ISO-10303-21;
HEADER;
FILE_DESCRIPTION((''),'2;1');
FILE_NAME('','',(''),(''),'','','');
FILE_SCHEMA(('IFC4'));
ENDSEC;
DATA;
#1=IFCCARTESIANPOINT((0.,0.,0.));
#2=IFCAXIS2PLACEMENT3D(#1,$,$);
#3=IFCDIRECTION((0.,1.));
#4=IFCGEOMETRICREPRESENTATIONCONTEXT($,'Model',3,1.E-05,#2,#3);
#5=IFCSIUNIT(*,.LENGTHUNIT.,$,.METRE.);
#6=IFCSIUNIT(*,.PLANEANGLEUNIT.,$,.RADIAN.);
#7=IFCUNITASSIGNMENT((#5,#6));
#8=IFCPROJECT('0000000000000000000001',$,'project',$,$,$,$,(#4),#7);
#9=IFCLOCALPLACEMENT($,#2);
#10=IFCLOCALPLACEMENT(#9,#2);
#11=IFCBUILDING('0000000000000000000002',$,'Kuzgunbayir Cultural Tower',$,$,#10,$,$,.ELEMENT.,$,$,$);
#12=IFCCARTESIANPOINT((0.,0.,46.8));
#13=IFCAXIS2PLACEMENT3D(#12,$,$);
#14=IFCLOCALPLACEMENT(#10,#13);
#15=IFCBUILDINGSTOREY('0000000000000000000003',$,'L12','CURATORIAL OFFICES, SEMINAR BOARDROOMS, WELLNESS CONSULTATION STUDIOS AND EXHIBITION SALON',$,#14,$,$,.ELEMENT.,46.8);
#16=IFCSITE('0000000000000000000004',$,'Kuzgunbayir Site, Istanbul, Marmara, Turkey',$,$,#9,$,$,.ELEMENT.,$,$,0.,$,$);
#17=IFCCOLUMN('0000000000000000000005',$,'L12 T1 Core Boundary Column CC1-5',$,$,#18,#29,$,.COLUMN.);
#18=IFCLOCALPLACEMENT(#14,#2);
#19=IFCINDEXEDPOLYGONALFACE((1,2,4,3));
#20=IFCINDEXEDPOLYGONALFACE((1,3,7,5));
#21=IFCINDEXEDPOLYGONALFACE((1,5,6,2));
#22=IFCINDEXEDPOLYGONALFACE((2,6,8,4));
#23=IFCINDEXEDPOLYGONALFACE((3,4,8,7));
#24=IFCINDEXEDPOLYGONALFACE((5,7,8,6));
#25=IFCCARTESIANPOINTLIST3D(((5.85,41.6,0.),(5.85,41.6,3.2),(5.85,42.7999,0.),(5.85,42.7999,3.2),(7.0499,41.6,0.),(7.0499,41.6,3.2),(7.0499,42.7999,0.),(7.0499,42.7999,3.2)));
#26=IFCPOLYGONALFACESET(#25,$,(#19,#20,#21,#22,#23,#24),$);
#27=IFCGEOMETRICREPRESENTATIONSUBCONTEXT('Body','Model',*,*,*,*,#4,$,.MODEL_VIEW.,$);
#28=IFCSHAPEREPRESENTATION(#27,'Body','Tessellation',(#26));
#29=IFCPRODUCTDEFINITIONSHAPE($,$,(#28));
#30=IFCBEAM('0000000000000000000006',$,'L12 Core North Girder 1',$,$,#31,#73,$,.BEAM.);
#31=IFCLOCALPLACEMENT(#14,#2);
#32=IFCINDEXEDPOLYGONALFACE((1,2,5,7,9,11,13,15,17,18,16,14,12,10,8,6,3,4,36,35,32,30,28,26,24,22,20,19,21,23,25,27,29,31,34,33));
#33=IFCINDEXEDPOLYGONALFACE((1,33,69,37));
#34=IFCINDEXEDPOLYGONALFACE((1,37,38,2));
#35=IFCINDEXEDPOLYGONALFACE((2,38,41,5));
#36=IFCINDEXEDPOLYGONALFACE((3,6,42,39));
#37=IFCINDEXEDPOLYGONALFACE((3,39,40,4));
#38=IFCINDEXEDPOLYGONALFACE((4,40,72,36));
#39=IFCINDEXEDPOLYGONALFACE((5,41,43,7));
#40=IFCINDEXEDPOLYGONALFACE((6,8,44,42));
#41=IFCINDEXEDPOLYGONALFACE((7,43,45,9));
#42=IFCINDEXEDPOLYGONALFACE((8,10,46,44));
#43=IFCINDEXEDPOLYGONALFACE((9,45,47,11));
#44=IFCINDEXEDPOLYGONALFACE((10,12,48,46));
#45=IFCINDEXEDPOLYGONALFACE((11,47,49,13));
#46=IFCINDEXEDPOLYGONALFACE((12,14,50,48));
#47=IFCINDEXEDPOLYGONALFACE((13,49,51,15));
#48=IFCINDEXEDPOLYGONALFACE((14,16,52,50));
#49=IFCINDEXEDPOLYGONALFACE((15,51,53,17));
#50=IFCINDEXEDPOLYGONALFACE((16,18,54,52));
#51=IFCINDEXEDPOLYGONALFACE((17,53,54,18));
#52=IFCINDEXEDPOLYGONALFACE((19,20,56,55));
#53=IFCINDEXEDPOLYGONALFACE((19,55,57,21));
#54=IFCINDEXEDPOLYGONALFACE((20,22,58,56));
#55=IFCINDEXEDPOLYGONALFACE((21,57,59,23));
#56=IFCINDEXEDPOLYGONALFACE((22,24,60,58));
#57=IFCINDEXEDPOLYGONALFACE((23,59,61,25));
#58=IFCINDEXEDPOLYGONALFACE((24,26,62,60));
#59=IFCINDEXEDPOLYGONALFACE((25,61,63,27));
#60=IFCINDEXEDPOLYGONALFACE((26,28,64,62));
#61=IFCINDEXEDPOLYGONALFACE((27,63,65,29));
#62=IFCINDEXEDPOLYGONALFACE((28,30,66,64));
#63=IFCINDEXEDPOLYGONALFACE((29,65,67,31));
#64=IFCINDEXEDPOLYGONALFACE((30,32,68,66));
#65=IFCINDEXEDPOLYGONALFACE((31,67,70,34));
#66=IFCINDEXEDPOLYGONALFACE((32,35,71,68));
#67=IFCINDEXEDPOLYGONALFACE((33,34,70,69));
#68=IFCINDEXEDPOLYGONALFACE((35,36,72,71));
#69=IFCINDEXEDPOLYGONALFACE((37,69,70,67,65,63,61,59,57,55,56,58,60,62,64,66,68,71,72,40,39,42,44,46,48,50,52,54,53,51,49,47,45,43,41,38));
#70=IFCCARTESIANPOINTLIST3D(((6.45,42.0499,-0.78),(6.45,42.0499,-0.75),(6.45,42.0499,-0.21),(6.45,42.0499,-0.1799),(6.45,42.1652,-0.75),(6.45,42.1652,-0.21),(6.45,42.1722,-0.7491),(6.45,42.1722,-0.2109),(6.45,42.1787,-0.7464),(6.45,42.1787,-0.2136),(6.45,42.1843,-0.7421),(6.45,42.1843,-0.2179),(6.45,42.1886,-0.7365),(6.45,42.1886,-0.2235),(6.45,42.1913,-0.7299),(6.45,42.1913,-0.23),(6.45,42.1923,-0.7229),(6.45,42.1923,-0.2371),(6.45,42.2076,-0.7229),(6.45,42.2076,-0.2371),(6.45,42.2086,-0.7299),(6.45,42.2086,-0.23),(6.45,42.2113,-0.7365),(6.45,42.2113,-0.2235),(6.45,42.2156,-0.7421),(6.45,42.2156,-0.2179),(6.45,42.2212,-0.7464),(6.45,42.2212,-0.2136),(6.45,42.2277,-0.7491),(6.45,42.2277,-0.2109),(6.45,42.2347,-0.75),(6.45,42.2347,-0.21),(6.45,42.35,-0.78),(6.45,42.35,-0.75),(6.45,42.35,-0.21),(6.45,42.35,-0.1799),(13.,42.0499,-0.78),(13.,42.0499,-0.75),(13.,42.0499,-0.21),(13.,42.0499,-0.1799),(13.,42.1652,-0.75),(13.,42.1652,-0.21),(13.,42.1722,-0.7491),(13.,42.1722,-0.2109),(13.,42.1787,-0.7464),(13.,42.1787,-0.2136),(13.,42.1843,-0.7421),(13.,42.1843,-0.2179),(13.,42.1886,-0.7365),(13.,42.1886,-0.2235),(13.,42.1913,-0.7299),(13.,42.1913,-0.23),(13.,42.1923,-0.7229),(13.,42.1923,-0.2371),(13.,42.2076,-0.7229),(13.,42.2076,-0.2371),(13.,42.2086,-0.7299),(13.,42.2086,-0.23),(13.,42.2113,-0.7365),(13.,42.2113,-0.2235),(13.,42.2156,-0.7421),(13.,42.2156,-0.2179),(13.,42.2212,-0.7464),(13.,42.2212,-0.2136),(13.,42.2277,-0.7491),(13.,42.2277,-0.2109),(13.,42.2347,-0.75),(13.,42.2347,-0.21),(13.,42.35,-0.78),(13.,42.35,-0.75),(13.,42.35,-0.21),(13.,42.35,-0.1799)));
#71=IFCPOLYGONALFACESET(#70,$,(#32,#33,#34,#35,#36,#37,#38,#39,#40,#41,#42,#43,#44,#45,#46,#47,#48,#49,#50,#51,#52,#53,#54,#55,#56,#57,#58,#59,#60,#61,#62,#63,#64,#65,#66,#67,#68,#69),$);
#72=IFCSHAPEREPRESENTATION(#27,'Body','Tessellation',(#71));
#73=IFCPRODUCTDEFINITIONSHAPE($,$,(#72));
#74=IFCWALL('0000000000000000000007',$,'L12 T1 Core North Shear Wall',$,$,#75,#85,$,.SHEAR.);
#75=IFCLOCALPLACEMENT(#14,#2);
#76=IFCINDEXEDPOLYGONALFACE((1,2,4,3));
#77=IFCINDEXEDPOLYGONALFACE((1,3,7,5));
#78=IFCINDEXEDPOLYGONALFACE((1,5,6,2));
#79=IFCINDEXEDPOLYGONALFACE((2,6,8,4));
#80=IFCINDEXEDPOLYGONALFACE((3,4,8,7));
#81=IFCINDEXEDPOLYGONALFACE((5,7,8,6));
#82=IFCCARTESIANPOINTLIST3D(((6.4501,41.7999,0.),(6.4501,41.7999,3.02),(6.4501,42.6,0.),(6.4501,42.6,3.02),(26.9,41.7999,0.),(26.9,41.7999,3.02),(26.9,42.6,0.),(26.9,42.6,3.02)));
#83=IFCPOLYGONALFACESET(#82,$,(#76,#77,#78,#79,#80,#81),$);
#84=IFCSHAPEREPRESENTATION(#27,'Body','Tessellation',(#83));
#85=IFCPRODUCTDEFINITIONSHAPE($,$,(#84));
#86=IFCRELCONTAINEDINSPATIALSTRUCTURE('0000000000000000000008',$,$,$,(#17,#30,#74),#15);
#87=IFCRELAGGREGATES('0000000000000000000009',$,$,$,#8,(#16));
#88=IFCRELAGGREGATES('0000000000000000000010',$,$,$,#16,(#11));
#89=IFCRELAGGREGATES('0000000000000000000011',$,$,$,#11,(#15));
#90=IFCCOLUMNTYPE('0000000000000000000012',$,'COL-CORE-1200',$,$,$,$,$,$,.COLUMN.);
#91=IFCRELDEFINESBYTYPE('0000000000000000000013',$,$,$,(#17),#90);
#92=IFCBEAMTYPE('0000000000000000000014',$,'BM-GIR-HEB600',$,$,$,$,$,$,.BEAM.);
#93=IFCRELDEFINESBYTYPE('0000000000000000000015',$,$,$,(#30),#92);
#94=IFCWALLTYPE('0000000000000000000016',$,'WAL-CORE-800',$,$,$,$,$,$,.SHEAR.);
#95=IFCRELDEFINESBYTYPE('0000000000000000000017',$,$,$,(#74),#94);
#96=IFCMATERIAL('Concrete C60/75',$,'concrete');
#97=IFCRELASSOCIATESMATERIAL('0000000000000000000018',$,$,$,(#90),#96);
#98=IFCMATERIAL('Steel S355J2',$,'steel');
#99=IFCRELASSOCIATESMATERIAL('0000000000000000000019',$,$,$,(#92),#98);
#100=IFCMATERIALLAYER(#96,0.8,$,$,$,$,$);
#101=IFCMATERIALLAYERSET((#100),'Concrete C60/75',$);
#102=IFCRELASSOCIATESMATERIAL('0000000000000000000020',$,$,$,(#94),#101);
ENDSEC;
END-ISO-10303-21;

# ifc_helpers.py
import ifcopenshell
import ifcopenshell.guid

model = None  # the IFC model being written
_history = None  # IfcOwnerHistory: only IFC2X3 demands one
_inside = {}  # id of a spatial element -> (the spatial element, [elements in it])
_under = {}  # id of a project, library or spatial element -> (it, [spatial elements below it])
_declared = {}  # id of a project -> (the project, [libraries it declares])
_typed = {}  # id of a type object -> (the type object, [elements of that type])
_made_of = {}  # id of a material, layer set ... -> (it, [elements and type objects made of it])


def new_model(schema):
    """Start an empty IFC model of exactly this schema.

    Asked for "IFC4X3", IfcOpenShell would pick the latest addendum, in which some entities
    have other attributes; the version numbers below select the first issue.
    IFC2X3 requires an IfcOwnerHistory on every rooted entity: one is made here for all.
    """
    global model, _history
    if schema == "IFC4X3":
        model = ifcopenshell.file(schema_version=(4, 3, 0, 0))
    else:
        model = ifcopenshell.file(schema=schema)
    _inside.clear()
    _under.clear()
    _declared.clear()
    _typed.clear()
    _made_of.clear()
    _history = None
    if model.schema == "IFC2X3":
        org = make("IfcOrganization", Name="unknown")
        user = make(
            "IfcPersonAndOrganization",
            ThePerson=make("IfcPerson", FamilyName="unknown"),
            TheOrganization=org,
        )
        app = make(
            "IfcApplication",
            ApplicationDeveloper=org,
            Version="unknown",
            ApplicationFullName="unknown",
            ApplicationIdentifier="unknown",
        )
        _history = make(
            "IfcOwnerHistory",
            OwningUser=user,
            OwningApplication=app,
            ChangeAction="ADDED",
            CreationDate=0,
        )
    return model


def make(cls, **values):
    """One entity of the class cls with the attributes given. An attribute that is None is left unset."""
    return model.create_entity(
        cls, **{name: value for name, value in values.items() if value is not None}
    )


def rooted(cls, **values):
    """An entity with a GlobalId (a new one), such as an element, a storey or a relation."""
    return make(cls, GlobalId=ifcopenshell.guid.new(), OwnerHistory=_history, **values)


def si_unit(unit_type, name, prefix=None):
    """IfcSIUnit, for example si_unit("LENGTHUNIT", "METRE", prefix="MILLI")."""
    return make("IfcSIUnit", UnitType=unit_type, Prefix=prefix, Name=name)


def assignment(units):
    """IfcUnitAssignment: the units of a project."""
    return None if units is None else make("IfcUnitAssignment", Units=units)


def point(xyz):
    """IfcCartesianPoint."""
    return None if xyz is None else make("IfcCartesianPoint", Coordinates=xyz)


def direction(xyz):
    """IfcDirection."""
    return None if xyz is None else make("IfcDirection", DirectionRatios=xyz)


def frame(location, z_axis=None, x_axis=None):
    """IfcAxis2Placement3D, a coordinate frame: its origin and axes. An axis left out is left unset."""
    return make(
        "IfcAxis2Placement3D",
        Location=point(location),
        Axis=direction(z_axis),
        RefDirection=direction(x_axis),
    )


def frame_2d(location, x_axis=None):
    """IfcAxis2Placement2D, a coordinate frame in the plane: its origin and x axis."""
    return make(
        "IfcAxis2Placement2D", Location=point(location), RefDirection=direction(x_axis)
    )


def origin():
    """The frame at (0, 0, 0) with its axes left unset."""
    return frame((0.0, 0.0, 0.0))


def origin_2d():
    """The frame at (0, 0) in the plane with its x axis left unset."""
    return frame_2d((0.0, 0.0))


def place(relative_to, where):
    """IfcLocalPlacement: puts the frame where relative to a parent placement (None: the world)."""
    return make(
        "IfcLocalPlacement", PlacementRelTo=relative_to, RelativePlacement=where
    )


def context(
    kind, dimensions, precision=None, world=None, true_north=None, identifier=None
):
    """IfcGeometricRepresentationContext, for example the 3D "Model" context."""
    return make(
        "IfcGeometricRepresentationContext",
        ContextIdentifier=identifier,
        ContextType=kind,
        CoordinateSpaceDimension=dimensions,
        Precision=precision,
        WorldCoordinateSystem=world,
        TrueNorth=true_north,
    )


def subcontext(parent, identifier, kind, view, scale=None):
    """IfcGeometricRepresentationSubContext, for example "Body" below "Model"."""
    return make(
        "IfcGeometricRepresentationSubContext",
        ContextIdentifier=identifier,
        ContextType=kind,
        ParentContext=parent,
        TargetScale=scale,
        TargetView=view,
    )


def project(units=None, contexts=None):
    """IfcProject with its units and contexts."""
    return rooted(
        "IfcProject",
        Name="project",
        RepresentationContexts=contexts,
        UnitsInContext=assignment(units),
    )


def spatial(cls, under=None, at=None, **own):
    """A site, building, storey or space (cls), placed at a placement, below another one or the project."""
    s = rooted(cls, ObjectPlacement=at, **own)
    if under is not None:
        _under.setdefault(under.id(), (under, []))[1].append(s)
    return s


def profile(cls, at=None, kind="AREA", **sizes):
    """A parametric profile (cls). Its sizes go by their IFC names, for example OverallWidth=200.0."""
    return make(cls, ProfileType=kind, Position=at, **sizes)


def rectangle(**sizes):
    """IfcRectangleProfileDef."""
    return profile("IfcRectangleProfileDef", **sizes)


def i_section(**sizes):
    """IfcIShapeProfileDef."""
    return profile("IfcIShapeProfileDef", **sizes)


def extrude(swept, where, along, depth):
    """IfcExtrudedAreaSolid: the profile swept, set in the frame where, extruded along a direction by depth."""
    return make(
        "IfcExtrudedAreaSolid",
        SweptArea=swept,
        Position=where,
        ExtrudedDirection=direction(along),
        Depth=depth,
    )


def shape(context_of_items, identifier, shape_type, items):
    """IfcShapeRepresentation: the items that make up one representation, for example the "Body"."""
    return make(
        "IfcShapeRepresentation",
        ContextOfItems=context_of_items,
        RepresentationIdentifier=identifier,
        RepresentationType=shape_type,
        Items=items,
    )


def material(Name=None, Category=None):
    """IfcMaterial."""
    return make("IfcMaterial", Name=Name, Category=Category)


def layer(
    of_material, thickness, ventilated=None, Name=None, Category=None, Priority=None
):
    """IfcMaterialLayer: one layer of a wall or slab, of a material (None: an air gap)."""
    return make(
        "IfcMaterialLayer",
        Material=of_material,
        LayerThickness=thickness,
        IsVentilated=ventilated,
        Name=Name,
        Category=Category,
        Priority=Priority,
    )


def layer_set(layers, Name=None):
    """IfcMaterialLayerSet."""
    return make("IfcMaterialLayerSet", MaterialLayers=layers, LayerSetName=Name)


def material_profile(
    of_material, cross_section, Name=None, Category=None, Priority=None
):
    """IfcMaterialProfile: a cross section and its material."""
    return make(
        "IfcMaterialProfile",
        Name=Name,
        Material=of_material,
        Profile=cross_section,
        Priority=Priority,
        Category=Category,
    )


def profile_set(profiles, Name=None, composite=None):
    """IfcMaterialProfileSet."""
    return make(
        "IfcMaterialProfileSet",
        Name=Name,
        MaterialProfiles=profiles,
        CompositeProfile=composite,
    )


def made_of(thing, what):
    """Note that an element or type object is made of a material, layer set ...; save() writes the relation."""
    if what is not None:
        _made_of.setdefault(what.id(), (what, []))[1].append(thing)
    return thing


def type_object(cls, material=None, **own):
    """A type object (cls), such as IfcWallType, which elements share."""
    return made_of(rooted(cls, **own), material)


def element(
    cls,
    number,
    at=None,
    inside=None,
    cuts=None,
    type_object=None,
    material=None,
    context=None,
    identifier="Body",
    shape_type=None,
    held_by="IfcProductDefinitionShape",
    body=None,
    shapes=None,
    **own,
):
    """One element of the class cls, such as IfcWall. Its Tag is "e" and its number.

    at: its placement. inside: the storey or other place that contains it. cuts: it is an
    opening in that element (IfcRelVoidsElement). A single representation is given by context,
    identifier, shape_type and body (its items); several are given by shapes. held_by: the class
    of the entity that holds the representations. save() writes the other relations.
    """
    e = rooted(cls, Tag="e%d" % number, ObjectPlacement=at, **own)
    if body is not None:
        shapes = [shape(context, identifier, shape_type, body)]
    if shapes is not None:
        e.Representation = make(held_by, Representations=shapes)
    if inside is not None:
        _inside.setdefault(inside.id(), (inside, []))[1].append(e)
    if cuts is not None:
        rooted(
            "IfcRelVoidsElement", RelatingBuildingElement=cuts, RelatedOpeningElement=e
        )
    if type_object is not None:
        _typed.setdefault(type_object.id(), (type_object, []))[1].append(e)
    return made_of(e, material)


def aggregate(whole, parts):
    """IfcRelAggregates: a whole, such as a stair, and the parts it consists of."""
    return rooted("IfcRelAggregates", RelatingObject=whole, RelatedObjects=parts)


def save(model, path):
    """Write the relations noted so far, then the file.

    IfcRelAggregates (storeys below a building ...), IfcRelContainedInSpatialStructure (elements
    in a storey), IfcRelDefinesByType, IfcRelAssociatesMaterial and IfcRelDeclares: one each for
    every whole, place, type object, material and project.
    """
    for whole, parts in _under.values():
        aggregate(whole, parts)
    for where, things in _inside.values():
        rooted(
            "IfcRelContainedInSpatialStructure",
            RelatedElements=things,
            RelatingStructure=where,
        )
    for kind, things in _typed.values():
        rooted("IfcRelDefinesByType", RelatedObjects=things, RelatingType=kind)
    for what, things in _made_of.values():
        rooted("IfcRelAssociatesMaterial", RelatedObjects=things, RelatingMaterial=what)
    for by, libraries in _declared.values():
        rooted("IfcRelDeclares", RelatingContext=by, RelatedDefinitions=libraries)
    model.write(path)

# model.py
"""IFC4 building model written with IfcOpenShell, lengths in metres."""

from ifc_helpers import new_model, si_unit, direction, frame, frame_2d, origin, origin_2d, place, context, subcontext, project, spatial, rectangle, i_section, extrude, material, layer, layer_set, material_profile, profile_set, type_object, element, save


model = new_model("IFC4")

# Units and contexts
model_context = context("Model", 3, precision=1e-05, world=origin(), true_north=direction((0.0, 1.0)))
body_context = subcontext(model_context, "Body", "Model", "MODEL_VIEW")
ifc_project = project(units=[si_unit("LENGTHUNIT", "METRE"), si_unit("PLANEANGLEUNIT", "RADIAN")], contexts=[model_context])

# Site, building, storey
site_placement = place(None, origin())
site = spatial("IfcSite", under=ifc_project, at=site_placement, Name="Kuzgunbayir Site, Istanbul, Marmara, Turkey", CompositionType="ELEMENT", RefElevation=0.0)
building_placement = place(site_placement, origin())
building = spatial("IfcBuilding", under=site, at=building_placement, Name="Kuzgunbayir Cultural Tower", CompositionType="ELEMENT")
storey_placement = place(building_placement, frame((0.0, 0.0, 46.8)))
storey = spatial("IfcBuildingStorey", under=building, at=storey_placement, Name="L12", Description="CURATORIAL OFFICES, SEMINAR BOARDROOMS, WELLNESS CONSULTATION STUDIOS AND EXHIBITION SALON", CompositionType="ELEMENT", Elevation=46.8)

# Column
ifc_material_1 = material(Name="Concrete C60/75", Category="concrete")
ifc_material_profile_1 = material_profile(ifc_material_1, rectangle(XDim=1.2, YDim=1.2, at=origin_2d()), Name="RC 1200x1200")
ifc_profile_set_1 = profile_set([ifc_material_profile_1], Name="Concrete C60/75")
column_type = type_object("IfcColumnType", Name="COL-CORE-1200", PredefinedType="COLUMN", material=ifc_profile_set_1)
column_placement = place(storey_placement, frame((6.45, 42.2, 0.0), z_axis=(0.0, 0.0, 1.0), x_axis=(1.0, 0.0, 0.0)))
element("IfcColumn", 1, at=column_placement, inside=storey, type_object=column_type, Name="L12 T1 Core Boundary Column CC1-5", PredefinedType="COLUMN", context=body_context, shape_type="SweptSolid", body=[
    extrude(rectangle(XDim=1.2, YDim=1.2, at=origin_2d()), origin(), (0.0, 0.0, 1.0), 3.2),
])

# Beam
ifc_material_2 = material(Name="Steel S355J2", Category="steel")
ifc_material_profile_2 = material_profile(ifc_material_2, i_section(OverallWidth=0.3, OverallDepth=0.6001, WebThickness=0.0154, FlangeThickness=0.03, FilletRadius=0.0271, at=origin_2d()), Name="HEB 600")
ifc_profile_set_2 = profile_set([ifc_material_profile_2], Name="Steel S355J2")
beam_type = type_object("IfcBeamType", Name="BM-GIR-HEB600", PredefinedType="BEAM", material=ifc_profile_set_2)
beam_placement = place(storey_placement, frame((6.45, 42.2, -0.48), z_axis=(1.0, 0.0, 0.0), x_axis=(0.0, 1.0, 0.0)))
element("IfcBeam", 2, at=beam_placement, inside=storey, type_object=beam_type, Name="L12 Core North Girder 1", PredefinedType="BEAM", context=body_context, shape_type="SweptSolid", body=[
    extrude(i_section(OverallWidth=0.3, OverallDepth=0.6001, WebThickness=0.0154, FlangeThickness=0.03, FilletRadius=0.0271, at=origin_2d()), origin(), (0.0, 0.0, 1.0), 6.55),
])

# Wall
ifc_layer_1 = layer(ifc_material_1, 0.8)
ifc_layer_set_1 = layer_set([ifc_layer_1], Name="Concrete C60/75")
wall_type_1 = type_object("IfcWallType", Name="WAL-CORE-800", PredefinedType="SHEAR", material=ifc_layer_set_1)
wall_1_placement = place(storey_placement, frame((6.45, 42.2, 0.0), z_axis=(0.0, 0.0, 1.0), x_axis=(1.0, 0.0, 0.0)))
element("IfcWall", 3, at=wall_1_placement, inside=storey, type_object=wall_type_1, Name="L12 T1 Core North Shear Wall", PredefinedType="SHEAR", context=body_context, shape_type="SweptSolid", body=[
    extrude(rectangle(XDim=20.45, YDim=0.8, at=frame_2d((10.2251, 0.0))), origin(), (0.0, 0.0, 1.0), 3.02),
])

save(model, "model.ifc")
